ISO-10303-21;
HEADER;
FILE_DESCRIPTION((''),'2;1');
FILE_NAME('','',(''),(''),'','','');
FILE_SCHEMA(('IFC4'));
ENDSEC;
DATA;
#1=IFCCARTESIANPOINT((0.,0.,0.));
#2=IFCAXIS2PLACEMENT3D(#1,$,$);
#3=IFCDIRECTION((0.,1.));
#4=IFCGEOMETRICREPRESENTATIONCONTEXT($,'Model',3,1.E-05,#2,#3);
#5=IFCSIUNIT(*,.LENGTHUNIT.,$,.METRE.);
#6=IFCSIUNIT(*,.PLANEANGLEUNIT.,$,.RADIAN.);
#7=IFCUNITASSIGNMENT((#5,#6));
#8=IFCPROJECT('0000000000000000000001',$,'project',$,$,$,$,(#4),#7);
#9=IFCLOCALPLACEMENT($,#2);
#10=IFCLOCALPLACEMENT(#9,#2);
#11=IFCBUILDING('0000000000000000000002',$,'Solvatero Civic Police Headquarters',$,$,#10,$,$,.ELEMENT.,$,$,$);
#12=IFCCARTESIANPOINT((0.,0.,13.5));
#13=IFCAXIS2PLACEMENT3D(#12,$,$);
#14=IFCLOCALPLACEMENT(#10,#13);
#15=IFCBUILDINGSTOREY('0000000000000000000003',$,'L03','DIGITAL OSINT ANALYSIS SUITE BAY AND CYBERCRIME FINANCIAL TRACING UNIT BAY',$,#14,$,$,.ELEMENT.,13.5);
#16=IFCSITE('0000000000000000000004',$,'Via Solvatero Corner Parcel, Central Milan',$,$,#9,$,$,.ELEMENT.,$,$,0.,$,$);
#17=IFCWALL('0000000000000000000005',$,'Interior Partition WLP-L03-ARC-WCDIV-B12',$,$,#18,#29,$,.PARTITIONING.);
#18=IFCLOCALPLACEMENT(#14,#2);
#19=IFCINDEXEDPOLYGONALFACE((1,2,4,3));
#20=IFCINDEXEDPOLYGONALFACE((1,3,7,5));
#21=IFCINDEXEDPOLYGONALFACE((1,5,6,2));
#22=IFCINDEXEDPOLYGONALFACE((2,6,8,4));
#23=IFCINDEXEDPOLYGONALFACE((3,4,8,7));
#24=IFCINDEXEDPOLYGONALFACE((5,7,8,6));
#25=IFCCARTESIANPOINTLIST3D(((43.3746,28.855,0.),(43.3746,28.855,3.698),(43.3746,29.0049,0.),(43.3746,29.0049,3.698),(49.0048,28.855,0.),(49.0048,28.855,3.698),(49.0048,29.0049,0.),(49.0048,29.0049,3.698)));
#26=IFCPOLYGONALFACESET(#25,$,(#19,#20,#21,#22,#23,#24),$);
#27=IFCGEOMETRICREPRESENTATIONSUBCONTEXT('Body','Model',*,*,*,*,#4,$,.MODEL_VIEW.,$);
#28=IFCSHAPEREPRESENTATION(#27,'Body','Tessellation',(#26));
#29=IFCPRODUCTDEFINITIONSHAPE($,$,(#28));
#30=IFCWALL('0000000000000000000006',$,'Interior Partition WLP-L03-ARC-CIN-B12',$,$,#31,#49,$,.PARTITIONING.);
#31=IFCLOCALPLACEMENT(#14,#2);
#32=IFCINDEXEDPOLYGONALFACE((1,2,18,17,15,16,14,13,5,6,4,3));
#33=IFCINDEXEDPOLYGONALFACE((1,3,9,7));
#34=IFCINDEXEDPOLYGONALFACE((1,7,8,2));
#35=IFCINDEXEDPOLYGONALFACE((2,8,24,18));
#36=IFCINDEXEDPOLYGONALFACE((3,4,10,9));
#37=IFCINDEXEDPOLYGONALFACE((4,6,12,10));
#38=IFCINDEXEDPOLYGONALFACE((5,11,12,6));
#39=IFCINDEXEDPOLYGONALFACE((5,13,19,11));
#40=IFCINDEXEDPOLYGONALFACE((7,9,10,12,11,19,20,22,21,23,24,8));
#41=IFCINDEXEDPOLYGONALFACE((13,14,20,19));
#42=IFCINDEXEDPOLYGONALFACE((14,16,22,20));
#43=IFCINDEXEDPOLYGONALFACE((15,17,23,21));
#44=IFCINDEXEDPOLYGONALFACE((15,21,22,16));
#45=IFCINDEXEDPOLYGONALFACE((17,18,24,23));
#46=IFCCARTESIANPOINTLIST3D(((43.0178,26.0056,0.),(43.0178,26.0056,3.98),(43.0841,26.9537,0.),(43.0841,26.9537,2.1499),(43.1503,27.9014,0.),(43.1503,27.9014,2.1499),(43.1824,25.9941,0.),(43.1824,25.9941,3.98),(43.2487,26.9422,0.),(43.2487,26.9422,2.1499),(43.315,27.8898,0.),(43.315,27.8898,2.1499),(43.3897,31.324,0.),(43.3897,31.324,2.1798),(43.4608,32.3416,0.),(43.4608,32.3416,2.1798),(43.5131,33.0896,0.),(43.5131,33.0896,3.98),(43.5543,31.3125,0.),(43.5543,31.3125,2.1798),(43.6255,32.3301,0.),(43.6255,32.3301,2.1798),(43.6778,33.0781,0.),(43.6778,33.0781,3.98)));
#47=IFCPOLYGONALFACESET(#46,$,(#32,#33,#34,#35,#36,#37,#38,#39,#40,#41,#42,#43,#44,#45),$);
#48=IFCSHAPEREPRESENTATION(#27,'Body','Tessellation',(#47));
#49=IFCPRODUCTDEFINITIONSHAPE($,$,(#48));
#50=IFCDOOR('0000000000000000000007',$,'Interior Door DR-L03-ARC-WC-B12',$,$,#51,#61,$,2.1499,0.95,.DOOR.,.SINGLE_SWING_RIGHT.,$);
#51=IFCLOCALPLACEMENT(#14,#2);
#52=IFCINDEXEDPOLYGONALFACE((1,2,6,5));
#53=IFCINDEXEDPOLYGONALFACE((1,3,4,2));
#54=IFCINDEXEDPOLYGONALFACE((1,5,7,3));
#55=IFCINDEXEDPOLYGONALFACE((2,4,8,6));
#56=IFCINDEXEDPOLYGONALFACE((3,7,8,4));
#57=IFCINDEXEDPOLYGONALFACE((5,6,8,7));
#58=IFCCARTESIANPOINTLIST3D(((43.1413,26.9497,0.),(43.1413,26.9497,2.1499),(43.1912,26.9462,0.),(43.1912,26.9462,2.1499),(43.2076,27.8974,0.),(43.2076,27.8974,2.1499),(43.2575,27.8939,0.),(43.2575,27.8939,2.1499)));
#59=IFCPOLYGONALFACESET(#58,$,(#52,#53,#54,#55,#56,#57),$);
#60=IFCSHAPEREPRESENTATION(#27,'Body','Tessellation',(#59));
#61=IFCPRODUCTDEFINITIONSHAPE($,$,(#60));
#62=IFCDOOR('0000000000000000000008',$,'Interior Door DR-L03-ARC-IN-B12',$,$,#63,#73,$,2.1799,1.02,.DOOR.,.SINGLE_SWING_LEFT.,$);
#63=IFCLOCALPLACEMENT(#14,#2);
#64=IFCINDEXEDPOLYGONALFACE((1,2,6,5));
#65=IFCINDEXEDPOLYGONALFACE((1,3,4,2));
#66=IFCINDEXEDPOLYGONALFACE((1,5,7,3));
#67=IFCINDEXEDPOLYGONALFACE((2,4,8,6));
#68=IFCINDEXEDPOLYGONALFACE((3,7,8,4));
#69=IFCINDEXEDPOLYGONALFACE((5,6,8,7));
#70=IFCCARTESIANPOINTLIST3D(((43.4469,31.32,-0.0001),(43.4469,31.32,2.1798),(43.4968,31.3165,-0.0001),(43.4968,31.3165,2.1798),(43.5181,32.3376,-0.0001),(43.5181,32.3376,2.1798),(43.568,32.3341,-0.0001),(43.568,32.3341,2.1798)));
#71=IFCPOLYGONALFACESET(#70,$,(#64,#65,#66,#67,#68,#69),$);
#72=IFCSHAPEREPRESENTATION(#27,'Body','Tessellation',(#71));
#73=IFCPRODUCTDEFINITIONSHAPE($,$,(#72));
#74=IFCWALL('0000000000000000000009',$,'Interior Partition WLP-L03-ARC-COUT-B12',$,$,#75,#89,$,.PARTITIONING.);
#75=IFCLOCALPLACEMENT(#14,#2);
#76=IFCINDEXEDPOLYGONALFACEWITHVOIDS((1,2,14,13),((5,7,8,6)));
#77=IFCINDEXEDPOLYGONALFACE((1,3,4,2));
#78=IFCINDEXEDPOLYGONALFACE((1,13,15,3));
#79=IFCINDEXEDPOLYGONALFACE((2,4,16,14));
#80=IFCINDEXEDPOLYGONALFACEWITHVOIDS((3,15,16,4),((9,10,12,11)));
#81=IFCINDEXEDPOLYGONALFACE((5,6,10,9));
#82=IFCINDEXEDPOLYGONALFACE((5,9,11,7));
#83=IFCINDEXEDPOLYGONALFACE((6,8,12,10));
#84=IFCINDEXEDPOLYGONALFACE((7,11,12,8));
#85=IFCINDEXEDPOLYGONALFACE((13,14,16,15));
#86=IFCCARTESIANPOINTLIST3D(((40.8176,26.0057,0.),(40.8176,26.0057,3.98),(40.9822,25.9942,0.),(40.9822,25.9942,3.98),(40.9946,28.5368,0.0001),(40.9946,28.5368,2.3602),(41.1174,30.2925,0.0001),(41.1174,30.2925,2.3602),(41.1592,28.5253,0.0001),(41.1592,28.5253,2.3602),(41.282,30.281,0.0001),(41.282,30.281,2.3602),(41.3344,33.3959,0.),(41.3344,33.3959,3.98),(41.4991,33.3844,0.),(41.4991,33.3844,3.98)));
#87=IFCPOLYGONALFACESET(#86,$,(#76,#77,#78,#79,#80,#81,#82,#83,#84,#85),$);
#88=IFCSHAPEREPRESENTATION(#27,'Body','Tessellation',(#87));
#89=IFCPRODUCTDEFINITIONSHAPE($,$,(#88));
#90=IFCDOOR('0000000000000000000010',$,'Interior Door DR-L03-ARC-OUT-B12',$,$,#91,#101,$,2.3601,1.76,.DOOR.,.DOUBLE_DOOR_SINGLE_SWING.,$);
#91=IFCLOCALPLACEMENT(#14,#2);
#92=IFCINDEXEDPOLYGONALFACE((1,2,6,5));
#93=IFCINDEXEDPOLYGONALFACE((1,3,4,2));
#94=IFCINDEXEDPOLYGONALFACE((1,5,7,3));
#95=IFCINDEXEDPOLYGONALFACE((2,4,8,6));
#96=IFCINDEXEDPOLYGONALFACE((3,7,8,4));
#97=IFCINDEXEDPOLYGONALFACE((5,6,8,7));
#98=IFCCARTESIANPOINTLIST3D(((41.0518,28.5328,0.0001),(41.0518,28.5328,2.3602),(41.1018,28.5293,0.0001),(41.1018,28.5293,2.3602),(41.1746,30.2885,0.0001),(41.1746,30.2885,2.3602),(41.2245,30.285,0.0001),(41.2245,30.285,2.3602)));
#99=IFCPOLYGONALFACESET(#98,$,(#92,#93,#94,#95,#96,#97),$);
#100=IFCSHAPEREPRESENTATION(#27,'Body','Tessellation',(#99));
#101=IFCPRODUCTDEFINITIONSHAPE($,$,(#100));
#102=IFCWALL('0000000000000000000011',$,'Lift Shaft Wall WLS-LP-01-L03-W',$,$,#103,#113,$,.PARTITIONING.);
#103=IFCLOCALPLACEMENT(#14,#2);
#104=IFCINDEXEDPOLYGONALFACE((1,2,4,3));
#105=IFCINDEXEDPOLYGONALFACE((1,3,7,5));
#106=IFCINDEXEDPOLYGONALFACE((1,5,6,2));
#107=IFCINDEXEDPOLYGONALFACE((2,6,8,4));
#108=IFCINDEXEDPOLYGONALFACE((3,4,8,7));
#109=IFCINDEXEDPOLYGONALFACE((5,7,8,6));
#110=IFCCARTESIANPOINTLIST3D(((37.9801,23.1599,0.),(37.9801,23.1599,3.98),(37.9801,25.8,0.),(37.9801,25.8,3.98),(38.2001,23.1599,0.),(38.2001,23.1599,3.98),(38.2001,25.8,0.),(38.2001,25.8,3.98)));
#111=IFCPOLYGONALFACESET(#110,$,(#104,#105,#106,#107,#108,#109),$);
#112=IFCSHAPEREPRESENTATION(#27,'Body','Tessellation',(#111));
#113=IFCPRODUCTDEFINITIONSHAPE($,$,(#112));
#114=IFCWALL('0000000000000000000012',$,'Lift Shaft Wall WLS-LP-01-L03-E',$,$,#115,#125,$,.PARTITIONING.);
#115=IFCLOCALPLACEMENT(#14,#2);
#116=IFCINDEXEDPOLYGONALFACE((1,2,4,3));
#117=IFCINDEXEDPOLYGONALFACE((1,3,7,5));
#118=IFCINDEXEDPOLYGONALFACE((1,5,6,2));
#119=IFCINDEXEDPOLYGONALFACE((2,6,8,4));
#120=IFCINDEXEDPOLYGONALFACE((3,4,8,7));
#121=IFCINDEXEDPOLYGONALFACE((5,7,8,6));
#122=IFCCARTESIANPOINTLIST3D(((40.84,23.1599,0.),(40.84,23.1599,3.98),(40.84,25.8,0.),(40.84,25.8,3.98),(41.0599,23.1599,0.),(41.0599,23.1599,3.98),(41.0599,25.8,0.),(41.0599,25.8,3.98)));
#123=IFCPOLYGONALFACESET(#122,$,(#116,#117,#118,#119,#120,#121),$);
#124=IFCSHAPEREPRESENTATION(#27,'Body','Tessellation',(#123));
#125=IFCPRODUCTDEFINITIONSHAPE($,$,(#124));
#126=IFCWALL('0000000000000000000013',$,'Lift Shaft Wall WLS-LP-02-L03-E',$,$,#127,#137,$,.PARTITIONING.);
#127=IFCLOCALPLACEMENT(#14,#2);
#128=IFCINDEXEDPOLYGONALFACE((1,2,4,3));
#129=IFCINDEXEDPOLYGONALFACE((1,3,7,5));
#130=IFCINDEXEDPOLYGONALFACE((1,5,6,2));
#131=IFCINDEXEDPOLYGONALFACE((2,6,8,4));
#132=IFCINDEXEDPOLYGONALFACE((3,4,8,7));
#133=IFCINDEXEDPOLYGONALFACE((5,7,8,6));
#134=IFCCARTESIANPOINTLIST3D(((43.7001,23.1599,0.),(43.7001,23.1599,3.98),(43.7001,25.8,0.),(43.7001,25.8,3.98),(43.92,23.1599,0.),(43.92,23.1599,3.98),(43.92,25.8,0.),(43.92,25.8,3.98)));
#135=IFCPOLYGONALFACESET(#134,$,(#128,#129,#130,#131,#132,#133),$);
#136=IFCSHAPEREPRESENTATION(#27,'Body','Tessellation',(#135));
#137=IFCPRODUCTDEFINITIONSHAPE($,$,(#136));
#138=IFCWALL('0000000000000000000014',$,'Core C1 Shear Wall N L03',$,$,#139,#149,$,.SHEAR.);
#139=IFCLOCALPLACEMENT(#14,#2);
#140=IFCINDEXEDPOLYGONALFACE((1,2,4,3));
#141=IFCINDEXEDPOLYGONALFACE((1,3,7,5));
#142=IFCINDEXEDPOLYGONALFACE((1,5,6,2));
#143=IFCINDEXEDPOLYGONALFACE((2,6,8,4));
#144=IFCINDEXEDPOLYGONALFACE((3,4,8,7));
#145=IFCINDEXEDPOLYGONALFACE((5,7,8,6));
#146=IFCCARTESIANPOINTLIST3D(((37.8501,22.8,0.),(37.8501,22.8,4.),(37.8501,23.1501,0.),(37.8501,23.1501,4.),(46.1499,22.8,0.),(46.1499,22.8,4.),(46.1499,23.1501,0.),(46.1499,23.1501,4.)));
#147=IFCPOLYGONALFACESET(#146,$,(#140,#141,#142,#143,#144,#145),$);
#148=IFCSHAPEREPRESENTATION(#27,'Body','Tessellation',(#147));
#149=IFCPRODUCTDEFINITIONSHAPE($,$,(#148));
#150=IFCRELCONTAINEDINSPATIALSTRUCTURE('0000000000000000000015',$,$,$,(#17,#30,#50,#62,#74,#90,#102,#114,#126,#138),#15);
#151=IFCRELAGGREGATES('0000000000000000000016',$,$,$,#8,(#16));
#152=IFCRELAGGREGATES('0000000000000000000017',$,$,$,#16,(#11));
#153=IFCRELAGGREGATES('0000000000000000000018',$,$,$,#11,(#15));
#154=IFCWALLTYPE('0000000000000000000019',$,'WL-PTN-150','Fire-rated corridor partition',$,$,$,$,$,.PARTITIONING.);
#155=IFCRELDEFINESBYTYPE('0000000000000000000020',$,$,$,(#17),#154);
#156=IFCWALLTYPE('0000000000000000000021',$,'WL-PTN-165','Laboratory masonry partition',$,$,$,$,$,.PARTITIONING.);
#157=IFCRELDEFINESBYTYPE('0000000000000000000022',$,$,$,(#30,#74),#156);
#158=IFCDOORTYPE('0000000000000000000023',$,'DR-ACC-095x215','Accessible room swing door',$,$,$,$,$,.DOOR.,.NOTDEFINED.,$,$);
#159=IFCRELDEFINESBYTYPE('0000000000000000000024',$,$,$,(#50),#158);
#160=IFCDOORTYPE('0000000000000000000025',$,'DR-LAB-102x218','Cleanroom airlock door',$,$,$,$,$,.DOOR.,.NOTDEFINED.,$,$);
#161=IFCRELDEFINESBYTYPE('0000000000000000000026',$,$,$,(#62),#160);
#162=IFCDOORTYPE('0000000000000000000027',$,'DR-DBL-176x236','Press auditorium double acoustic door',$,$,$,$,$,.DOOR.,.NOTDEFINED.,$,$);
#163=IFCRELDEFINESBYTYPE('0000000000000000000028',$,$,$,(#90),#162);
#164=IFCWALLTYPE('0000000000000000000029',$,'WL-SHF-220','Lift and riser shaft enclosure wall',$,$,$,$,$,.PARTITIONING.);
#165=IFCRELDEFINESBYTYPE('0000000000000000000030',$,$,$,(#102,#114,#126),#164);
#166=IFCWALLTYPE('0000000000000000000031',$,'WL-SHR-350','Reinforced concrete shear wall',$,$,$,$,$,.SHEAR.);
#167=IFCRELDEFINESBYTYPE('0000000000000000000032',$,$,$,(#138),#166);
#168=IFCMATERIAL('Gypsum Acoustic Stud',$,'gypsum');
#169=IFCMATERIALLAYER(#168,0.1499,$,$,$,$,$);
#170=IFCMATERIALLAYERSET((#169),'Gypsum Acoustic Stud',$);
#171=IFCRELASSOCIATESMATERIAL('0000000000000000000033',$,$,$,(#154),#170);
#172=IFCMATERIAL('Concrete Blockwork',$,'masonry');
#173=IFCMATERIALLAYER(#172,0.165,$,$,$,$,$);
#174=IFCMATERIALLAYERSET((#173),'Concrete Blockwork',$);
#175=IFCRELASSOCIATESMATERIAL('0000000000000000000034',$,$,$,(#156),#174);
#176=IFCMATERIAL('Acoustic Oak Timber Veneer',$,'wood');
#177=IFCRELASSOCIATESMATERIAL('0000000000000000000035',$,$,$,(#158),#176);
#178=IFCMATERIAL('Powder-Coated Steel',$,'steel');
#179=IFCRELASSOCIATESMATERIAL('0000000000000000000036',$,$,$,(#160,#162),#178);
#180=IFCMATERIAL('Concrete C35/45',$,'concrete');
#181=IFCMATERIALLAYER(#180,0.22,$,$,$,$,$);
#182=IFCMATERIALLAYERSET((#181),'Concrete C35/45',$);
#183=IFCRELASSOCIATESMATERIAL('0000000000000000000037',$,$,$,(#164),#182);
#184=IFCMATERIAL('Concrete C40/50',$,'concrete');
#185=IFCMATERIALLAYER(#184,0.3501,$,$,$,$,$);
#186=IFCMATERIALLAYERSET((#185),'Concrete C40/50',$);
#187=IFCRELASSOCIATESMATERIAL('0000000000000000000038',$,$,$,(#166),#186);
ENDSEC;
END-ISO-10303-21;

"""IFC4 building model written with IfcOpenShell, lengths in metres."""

from ifc_helpers import new_model, si_unit, direction, frame, frame_2d, origin, place, context, subcontext, project, spatial, rectangle, extrude, material, layer, layer_set, type_object, element, fill, save


model = new_model("IFC4")

# Units and contexts
model_context = context("Model", 3, precision=1e-05, world=origin(), true_north=direction((0.0, 1.0)))
body_context = subcontext(model_context, "Body", "Model", "MODEL_VIEW")
ifc_project = project(units=[si_unit("LENGTHUNIT", "METRE"), si_unit("PLANEANGLEUNIT", "RADIAN")], contexts=[model_context])

# Site, building, storey
site_placement = place(None, origin())
site = spatial("IfcSite", under=ifc_project, at=site_placement, Name="Via Solvatero Corner Parcel, Central Milan", CompositionType="ELEMENT", RefElevation=0.0)
building_placement = place(site_placement, origin())
building = spatial("IfcBuilding", under=site, at=building_placement, Name="Solvatero Civic Police Headquarters", CompositionType="ELEMENT")
storey_placement = place(building_placement, frame((0.0, 0.0, 13.5)))
storey = spatial("IfcBuildingStorey", under=building, at=storey_placement, Name="L03", Description="DIGITAL OSINT ANALYSIS SUITE BAY AND CYBERCRIME FINANCIAL TRACING UNIT BAY", CompositionType="ELEMENT", Elevation=13.5)

# Wall
ifc_material_1 = material(Name="Gypsum Acoustic Stud", Category="gypsum")
ifc_layer_1 = layer(ifc_material_1, 0.1499)
ifc_layer_set_1 = layer_set([ifc_layer_1], Name="Gypsum Acoustic Stud")
wall_type_1 = type_object("IfcWallType", Name="WL-PTN-150", Description="Fire-rated corridor partition", PredefinedType="PARTITIONING", material=ifc_layer_set_1)
wall_1_placement = place(storey_placement, frame((43.3748, 28.9299, 0.0), z_axis=(0.0, 0.0, 1.0), x_axis=(1.0, 0.0, 0.0)))
element("IfcWall", 1, at=wall_1_placement, inside=storey, type_object=wall_type_1, Name="Interior Partition WLP-L03-ARC-WCDIV-B12", PredefinedType="PARTITIONING", context=body_context, shape_type="SweptSolid", body=[
    extrude(rectangle(XDim=5.6301, YDim=0.1499, at=frame_2d((2.8149, 0.0))), origin(), (0.0, 0.0, 1.0), 3.698),
])

# Wall, openings, doors
ifc_material_2 = material(Name="Concrete Blockwork", Category="masonry")
ifc_layer_2 = layer(ifc_material_2, 0.165)
ifc_layer_set_2 = layer_set([ifc_layer_2], Name="Concrete Blockwork")
wall_type_2 = type_object("IfcWallType", Name="WL-PTN-165", Description="Laboratory masonry partition", PredefinedType="PARTITIONING", material=ifc_layer_set_2)
wall_2_placement = place(storey_placement, frame((43.5955, 33.084, 0.0), z_axis=(0.0, 0.0, 1.0), x_axis=(-0.069757, -0.997564, 0.0)))
wall_2 = element("IfcWall", 2, at=wall_2_placement, inside=storey, type_object=wall_type_2, Name="Interior Partition WLP-L03-ARC-CIN-B12", PredefinedType="PARTITIONING", context=body_context, shape_type="SweptSolid", body=[
    extrude(rectangle(XDim=7.1013, YDim=0.165, at=frame_2d((3.5508, 0.0))), origin(), (0.0, 0.0, 1.0), 3.98),
])
opening_1_placement = place(wall_2_placement, frame((5.2009, 0.0, 0.0)))
opening_1 = element("IfcOpeningElement", 3, at=opening_1_placement, cuts=wall_2, PredefinedType="OPENING", context=body_context, shape_type="SweptSolid", body=[
    extrude(rectangle(XDim=0.95, YDim=2.1499, at=frame_2d((0.4751, 1.075))), frame((0.0, 0.0925, 0.0), z_axis=(0.0, -1.0, 0.0), x_axis=(1.0, 0.0, 0.0)), (0.0, 0.0, 1.0), 0.1851),
])
opening_2_placement = place(wall_2_placement, frame((0.75, 0.0, 0.0)))
opening_2 = element("IfcOpeningElement", 4, at=opening_2_placement, cuts=wall_2, PredefinedType="OPENING", context=body_context, shape_type="SweptSolid", body=[
    extrude(rectangle(XDim=1.02, YDim=2.1799, at=frame_2d((0.51, 1.0898))), frame((0.0, 0.0925, 0.0), z_axis=(0.0, -1.0, 0.0), x_axis=(1.0, 0.0, 0.0)), (0.0, 0.0, 1.0), 0.1851),
])
ifc_material_3 = material(Name="Acoustic Oak Timber Veneer", Category="wood")
door_type_1 = type_object("IfcDoorType", Name="DR-ACC-095x215", Description="Accessible room swing door", OperationType="NOTDEFINED", PredefinedType="DOOR", material=ifc_material_3)
door_1_placement = place(opening_1_placement, origin())
door_1 = element("IfcDoor", 5, at=door_1_placement, inside=storey, type_object=door_type_1, Name="Interior Door DR-L03-ARC-WC-B12", OperationType="SINGLE_SWING_RIGHT", OverallHeight=2.1499, OverallWidth=0.95, PredefinedType="DOOR", context=body_context, shape_type="SweptSolid", body=[
    extrude(rectangle(XDim=0.95, YDim=2.1499, at=frame_2d((0.4751, 1.075))), frame((0.0, 0.0249, 0.0), z_axis=(0.0, -1.0, 0.0), x_axis=(1.0, 0.0, 0.0)), (0.0, 0.0, 1.0), 0.05),
])
fill(opening_1, door_1)
ifc_material_4 = material(Name="Powder-Coated Steel", Category="steel")
door_type_2 = type_object("IfcDoorType", Name="DR-LAB-102x218", Description="Cleanroom airlock door", OperationType="NOTDEFINED", PredefinedType="DOOR", material=ifc_material_4)
door_2_placement = place(opening_2_placement, origin())
door_2 = element("IfcDoor", 6, at=door_2_placement, inside=storey, type_object=door_type_2, Name="Interior Door DR-L03-ARC-IN-B12", OperationType="SINGLE_SWING_LEFT", OverallHeight=2.1799, OverallWidth=1.02, PredefinedType="DOOR", context=body_context, shape_type="SweptSolid", body=[
    extrude(rectangle(XDim=1.02, YDim=2.1799, at=frame_2d((0.51, 1.0898))), frame((0.0, 0.0249, 0.0), z_axis=(0.0, -1.0, 0.0), x_axis=(1.0, 0.0, 0.0)), (0.0, 0.0, 1.0), 0.05),
])
fill(opening_2, door_2)

# Wall, opening, door
wall_3_placement = place(storey_placement, frame((41.4167, 33.3901, 0.0), z_axis=(0.0, 0.0, 1.0), x_axis=(-0.069767, -0.997563, 0.0)))
wall_3 = element("IfcWall", 7, at=wall_3_placement, inside=storey, type_object=wall_type_2, Name="Interior Partition WLP-L03-ARC-COUT-B12", PredefinedType="PARTITIONING", context=body_context, shape_type="SweptSolid", body=[
    extrude(rectangle(XDim=7.4082, YDim=0.165, at=frame_2d((3.7041, 0.0))), origin(), (0.0, 0.0, 1.0), 3.98),
])
opening_3_placement = place(wall_3_placement, frame((3.1111, 0.0, 0.0)))
opening_3 = element("IfcOpeningElement", 8, at=opening_3_placement, cuts=wall_3, PredefinedType="OPENING", context=body_context, shape_type="SweptSolid", body=[
    extrude(rectangle(XDim=1.76, YDim=2.3601, at=frame_2d((0.8799, 1.1802))), frame((0.0, 0.0925, 0.0), z_axis=(0.0, -1.0, 0.0), x_axis=(1.0, 0.0, 0.0)), (0.0, 0.0, 1.0), 0.1851),
])
door_type_3 = type_object("IfcDoorType", Name="DR-DBL-176x236", Description="Press auditorium double acoustic door", OperationType="NOTDEFINED", PredefinedType="DOOR", material=ifc_material_4)
door_3_placement = place(opening_3_placement, origin())
door_3 = element("IfcDoor", 9, at=door_3_placement, inside=storey, type_object=door_type_3, Name="Interior Door DR-L03-ARC-OUT-B12", OperationType="DOUBLE_DOOR_SINGLE_SWING", OverallHeight=2.3601, OverallWidth=1.76, PredefinedType="DOOR", context=body_context, shape_type="SweptSolid", body=[
    extrude(rectangle(XDim=1.76, YDim=2.3601, at=frame_2d((0.8799, 1.1802))), frame((0.0, 0.0249, 0.0), z_axis=(0.0, -1.0, 0.0), x_axis=(1.0, 0.0, 0.0)), (0.0, 0.0, 1.0), 0.05),
])
fill(opening_3, door_3)
ifc_material_5 = material(Name="Concrete C35/45", Category="concrete")
ifc_layer_3 = layer(ifc_material_5, 0.22)
ifc_layer_set_3 = layer_set([ifc_layer_3], Name="Concrete C35/45")
wall_type_3 = type_object("IfcWallType", Name="WL-SHF-220", Description="Lift and riser shaft enclosure wall", PredefinedType="PARTITIONING", material=ifc_layer_set_3)

# Walls
for number, where, z_axis, x_axis, name in (
    (10, (38.0901, 23.1599, 0.0), (0.0, 0.0, 1.0), (0.0, 1.0, 0.0), "Lift Shaft Wall WLS-LP-01-L03-W"),
    (11, (40.95, 23.1599, 0.0), (0.0, 0.0, 1.0), (0.0, 1.0, 0.0), "Lift Shaft Wall WLS-LP-01-L03-E"),
):
    element("IfcWall", number, at=place(storey_placement, frame(where, z_axis=z_axis, x_axis=x_axis)), inside=storey, type_object=wall_type_3, Name=name, PredefinedType="PARTITIONING", context=body_context, shape_type="SweptSolid", body=[
        extrude(rectangle(XDim=2.6401, YDim=0.22, at=frame_2d((1.3201, 0.0))), origin(), (0.0, 0.0, 1.0), 3.98),
    ])

# Walls
wall_4_placement = place(storey_placement, frame((43.8101, 23.1599, 0.0), z_axis=(0.0, 0.0, 1.0), x_axis=(0.0, 1.0, 0.0)))
element("IfcWall", 12, at=wall_4_placement, inside=storey, type_object=wall_type_3, Name="Lift Shaft Wall WLS-LP-02-L03-E", PredefinedType="PARTITIONING", context=body_context, shape_type="SweptSolid", body=[
    extrude(rectangle(XDim=2.6401, YDim=0.22, at=frame_2d((1.3201, 0.0))), origin(), (0.0, 0.0, 1.0), 3.98),
])
ifc_material_6 = material(Name="Concrete C40/50", Category="concrete")
ifc_layer_4 = layer(ifc_material_6, 0.3501)
ifc_layer_set_4 = layer_set([ifc_layer_4], Name="Concrete C40/50")
wall_type_4 = type_object("IfcWallType", Name="WL-SHR-350", Description="Reinforced concrete shear wall", PredefinedType="SHEAR", material=ifc_layer_set_4)
wall_5_placement = place(storey_placement, frame((37.8501, 22.9751, 0.0), z_axis=(0.0, 0.0, 1.0), x_axis=(1.0, 0.0, 0.0)))
element("IfcWall", 13, at=wall_5_placement, inside=storey, type_object=wall_type_4, Name="Core C1 Shear Wall N L03", PredefinedType="SHEAR", context=body_context, shape_type="SweptSolid", body=[
    extrude(rectangle(XDim=8.2998, YDim=0.3501, at=frame_2d((4.1499, 0.0))), origin(), (0.0, 0.0, 1.0), 4.0),
])

save(model, "model.ifc")
